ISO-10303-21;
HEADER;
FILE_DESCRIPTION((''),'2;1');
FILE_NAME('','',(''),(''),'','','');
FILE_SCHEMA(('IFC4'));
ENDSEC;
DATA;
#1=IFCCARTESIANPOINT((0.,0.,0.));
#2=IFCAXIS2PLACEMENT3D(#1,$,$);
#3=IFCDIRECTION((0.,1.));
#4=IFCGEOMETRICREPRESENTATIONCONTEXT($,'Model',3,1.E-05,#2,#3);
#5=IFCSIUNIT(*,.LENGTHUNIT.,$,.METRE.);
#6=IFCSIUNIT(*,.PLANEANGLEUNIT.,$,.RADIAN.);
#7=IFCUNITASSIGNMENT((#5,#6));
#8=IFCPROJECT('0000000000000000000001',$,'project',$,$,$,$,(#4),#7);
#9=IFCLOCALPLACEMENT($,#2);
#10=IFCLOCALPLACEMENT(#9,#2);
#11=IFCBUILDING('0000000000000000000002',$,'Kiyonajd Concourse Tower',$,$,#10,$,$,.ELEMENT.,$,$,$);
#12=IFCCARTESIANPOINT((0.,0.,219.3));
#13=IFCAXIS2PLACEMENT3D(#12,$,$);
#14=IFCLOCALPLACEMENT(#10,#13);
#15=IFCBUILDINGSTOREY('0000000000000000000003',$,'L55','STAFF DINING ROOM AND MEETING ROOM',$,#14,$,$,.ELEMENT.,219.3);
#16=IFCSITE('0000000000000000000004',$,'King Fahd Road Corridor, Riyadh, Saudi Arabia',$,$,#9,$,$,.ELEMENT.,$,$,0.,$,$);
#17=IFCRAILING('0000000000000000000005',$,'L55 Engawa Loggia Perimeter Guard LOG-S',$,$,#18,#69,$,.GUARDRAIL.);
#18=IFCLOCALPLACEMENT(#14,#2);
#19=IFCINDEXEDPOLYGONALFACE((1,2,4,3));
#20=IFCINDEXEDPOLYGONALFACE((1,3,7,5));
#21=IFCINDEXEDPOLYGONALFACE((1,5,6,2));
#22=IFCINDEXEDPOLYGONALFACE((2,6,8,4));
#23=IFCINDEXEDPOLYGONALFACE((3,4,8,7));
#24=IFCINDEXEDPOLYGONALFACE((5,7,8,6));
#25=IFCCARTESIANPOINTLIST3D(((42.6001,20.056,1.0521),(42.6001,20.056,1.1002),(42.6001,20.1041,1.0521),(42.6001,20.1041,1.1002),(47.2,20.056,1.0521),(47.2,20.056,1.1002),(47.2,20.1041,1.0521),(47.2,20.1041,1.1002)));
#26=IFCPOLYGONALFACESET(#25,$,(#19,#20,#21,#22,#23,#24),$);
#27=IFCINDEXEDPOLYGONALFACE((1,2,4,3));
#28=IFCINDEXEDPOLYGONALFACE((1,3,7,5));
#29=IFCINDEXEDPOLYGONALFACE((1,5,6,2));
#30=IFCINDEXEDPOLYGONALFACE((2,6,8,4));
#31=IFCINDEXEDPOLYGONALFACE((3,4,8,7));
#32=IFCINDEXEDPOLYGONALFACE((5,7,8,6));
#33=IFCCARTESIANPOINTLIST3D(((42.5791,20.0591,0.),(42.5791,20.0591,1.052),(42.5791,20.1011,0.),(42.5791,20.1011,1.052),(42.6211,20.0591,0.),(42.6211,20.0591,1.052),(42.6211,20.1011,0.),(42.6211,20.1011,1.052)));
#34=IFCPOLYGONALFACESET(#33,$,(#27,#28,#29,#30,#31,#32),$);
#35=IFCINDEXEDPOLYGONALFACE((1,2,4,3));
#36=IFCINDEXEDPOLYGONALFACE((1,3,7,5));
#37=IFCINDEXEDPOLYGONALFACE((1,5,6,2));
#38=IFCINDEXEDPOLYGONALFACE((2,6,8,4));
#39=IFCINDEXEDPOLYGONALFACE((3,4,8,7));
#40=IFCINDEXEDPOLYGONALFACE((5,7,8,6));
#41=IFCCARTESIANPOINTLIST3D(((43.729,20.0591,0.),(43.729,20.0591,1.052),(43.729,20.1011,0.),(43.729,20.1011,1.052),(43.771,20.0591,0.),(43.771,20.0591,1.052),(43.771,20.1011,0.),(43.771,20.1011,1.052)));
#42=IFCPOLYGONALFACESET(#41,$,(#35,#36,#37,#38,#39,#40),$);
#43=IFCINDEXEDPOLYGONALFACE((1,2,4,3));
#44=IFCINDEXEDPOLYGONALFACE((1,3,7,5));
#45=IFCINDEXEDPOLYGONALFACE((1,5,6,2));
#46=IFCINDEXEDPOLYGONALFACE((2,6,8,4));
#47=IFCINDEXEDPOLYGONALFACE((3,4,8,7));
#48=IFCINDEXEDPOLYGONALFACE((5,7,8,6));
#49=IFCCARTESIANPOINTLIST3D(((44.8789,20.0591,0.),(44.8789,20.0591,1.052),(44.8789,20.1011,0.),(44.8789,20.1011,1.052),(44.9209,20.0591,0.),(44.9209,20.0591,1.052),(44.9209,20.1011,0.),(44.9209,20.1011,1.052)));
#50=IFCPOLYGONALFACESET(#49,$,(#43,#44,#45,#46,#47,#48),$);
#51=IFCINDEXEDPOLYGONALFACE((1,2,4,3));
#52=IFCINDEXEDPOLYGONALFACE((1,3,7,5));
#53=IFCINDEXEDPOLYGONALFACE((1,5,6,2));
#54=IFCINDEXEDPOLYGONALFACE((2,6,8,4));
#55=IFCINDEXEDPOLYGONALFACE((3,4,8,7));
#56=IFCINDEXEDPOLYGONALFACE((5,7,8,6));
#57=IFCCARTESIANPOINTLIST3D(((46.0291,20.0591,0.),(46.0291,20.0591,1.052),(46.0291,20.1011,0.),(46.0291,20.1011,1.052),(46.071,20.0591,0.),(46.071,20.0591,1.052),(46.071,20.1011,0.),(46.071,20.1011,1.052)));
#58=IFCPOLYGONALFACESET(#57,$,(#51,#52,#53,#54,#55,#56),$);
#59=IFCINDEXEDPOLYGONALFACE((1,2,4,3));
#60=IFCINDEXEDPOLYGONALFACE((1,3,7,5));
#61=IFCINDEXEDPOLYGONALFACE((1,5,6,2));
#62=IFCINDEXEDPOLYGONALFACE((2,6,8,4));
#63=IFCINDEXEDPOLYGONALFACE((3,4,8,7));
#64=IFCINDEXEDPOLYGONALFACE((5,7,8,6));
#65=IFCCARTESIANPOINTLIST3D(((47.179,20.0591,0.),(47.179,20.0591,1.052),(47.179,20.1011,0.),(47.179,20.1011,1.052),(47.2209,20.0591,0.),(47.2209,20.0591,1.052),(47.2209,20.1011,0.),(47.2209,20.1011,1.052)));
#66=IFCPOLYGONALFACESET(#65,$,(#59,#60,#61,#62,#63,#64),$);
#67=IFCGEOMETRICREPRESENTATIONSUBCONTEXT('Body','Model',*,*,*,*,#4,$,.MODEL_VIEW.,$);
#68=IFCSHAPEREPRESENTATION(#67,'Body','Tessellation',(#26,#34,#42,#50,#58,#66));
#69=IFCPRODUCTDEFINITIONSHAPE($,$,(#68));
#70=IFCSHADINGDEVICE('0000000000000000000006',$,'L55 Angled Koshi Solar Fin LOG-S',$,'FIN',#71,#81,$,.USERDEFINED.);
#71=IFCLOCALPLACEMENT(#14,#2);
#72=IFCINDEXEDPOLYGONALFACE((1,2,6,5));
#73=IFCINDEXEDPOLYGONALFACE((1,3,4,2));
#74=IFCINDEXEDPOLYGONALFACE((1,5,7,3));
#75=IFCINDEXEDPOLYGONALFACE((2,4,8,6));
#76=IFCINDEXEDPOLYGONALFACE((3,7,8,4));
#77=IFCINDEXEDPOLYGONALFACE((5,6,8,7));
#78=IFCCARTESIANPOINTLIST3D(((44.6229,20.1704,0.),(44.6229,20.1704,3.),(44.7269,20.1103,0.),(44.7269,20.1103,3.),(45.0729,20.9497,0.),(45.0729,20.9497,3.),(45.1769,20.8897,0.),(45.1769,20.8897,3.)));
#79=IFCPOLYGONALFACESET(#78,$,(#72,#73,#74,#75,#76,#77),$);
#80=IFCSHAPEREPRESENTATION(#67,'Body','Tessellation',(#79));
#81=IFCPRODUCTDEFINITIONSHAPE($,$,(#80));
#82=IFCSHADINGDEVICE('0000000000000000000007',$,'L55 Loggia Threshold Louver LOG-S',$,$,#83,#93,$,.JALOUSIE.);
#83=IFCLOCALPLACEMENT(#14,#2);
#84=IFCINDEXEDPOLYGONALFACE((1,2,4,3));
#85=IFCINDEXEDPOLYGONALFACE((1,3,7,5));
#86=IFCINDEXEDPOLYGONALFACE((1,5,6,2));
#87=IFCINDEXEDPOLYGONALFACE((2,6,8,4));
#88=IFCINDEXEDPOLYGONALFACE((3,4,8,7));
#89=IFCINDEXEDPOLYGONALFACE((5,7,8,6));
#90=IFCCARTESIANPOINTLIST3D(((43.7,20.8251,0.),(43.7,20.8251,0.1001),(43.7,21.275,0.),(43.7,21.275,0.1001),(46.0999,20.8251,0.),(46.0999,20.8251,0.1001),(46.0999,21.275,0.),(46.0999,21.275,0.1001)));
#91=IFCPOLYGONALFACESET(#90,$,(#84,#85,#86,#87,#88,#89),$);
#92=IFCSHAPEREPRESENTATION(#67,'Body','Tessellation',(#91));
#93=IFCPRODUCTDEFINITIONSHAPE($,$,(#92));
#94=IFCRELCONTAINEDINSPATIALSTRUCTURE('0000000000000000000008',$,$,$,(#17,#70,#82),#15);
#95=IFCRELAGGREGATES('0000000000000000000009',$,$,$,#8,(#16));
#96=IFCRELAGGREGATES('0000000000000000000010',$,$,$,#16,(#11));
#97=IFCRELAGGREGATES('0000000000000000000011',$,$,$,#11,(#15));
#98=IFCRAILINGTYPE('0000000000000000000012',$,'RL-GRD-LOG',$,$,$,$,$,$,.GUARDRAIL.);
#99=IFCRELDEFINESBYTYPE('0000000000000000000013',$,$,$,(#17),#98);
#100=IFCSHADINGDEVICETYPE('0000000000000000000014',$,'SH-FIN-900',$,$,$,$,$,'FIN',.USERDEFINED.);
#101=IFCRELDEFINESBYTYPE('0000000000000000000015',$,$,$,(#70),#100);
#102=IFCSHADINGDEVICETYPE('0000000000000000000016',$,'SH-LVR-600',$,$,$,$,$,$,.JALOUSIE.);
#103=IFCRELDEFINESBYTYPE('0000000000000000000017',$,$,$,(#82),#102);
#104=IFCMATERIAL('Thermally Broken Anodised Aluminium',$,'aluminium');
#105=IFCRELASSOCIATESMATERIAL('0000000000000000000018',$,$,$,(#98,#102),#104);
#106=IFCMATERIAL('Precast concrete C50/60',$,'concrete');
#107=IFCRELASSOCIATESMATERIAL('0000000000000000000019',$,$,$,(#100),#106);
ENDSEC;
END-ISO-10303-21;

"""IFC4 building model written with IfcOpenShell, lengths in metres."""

from ifc_helpers import new_model, si_unit, direction, frame, origin, origin_2d, place, context, subcontext, project, spatial, rectangle, extrude, material, type_object, element, save


model = new_model("IFC4")

# Units and contexts
model_context = context("Model", 3, precision=1e-05, world=origin(), true_north=direction((0.0, 1.0)))
body_context = subcontext(model_context, "Body", "Model", "MODEL_VIEW")
ifc_project = project(units=[si_unit("LENGTHUNIT", "METRE"), si_unit("PLANEANGLEUNIT", "RADIAN")], contexts=[model_context])

# Site, building, storey
site_placement = place(None, origin())
site = spatial("IfcSite", under=ifc_project, at=site_placement, Name="King Fahd Road Corridor, Riyadh, Saudi Arabia", CompositionType="ELEMENT", RefElevation=0.0)
building_placement = place(site_placement, origin())
building = spatial("IfcBuilding", under=site, at=building_placement, Name="Kiyonajd Concourse Tower", CompositionType="ELEMENT")
storey_placement = place(building_placement, frame((0.0, 0.0, 219.3)))
storey = spatial("IfcBuildingStorey", under=building, at=storey_placement, Name="L55", Description="STAFF DINING ROOM AND MEETING ROOM", CompositionType="ELEMENT", Elevation=219.3)

# Shared definitions
ifc_material_1 = material(Name="Thermally Broken Anodised Aluminium", Category="aluminium")

# Shared definitions
ifc_material_2 = material(Name="Precast concrete C50/60", Category="concrete")

# Railing
railing_type = type_object("IfcRailingType", Name="RL-GRD-LOG", PredefinedType="GUARDRAIL", material=ifc_material_1)
railing_placement = place(storey_placement, frame((42.6001, 20.0801, 0.0)))
element("IfcRailing", 1, at=railing_placement, inside=storey, type_object=railing_type, Name="L55 Engawa Loggia Perimeter Guard LOG-S", PredefinedType="GUARDRAIL", context=body_context, shape_type="SweptSolid", body=[
    extrude(rectangle(XDim=0.0481, YDim=0.0481, at=origin_2d()), frame((0.0, 0.0, 1.0762), z_axis=(1.0, 0.0, 0.0), x_axis=(0.0, 1.0, 0.0)), (0.0, 0.0, 1.0), 4.5999),
    extrude(rectangle(XDim=0.042, YDim=0.042, at=origin_2d()), origin(), (0.0, 0.0, 1.0), 1.052),
    extrude(rectangle(XDim=0.042, YDim=0.042, at=origin_2d()), frame((1.1499, 0.0, 0.0)), (0.0, 0.0, 1.0), 1.052),
    extrude(rectangle(XDim=0.042, YDim=0.042, at=origin_2d()), frame((2.2998, 0.0, 0.0)), (0.0, 0.0, 1.0), 1.052),
    extrude(rectangle(XDim=0.042, YDim=0.042, at=origin_2d()), frame((3.45, 0.0, 0.0)), (0.0, 0.0, 1.0), 1.052),
    extrude(rectangle(XDim=0.042, YDim=0.042, at=origin_2d()), frame((4.5999, 0.0, 0.0)), (0.0, 0.0, 1.0), 1.052),
])

# Shading devices
shading_device_type_1 = type_object("IfcShadingDeviceType", Name="SH-FIN-900", ElementType="FIN", PredefinedType="USERDEFINED", material=ifc_material_2)
shading_device_1_placement = place(storey_placement, frame((44.8999, 20.53, 0.0), z_axis=(0.0, 0.0, 1.0), x_axis=(0.5, 0.866025, 0.0)))
element("IfcShadingDevice", 2, at=shading_device_1_placement, inside=storey, type_object=shading_device_type_1, Name="L55 Angled Koshi Solar Fin LOG-S", ObjectType="FIN", PredefinedType="USERDEFINED", context=body_context, shape_type="SweptSolid", body=[
    extrude(rectangle(XDim=0.8999, YDim=0.1201, at=origin_2d()), origin(), (0.0, 0.0, 1.0), 3.0),
])
shading_device_type_2 = type_object("IfcShadingDeviceType", Name="SH-LVR-600", PredefinedType="JALOUSIE", material=ifc_material_1)
shading_device_2_placement = place(storey_placement, frame((44.8999, 21.05, 0.0), z_axis=(0.0, 0.0, 1.0), x_axis=(1.0, 0.0, 0.0)))
element("IfcShadingDevice", 3, at=shading_device_2_placement, inside=storey, type_object=shading_device_type_2, Name="L55 Loggia Threshold Louver LOG-S", PredefinedType="JALOUSIE", context=body_context, shape_type="SweptSolid", body=[
    extrude(rectangle(XDim=2.3999, YDim=0.45, at=origin_2d()), origin(), (0.0, 0.0, 1.0), 0.1001),
])

save(model, "model.ifc")
